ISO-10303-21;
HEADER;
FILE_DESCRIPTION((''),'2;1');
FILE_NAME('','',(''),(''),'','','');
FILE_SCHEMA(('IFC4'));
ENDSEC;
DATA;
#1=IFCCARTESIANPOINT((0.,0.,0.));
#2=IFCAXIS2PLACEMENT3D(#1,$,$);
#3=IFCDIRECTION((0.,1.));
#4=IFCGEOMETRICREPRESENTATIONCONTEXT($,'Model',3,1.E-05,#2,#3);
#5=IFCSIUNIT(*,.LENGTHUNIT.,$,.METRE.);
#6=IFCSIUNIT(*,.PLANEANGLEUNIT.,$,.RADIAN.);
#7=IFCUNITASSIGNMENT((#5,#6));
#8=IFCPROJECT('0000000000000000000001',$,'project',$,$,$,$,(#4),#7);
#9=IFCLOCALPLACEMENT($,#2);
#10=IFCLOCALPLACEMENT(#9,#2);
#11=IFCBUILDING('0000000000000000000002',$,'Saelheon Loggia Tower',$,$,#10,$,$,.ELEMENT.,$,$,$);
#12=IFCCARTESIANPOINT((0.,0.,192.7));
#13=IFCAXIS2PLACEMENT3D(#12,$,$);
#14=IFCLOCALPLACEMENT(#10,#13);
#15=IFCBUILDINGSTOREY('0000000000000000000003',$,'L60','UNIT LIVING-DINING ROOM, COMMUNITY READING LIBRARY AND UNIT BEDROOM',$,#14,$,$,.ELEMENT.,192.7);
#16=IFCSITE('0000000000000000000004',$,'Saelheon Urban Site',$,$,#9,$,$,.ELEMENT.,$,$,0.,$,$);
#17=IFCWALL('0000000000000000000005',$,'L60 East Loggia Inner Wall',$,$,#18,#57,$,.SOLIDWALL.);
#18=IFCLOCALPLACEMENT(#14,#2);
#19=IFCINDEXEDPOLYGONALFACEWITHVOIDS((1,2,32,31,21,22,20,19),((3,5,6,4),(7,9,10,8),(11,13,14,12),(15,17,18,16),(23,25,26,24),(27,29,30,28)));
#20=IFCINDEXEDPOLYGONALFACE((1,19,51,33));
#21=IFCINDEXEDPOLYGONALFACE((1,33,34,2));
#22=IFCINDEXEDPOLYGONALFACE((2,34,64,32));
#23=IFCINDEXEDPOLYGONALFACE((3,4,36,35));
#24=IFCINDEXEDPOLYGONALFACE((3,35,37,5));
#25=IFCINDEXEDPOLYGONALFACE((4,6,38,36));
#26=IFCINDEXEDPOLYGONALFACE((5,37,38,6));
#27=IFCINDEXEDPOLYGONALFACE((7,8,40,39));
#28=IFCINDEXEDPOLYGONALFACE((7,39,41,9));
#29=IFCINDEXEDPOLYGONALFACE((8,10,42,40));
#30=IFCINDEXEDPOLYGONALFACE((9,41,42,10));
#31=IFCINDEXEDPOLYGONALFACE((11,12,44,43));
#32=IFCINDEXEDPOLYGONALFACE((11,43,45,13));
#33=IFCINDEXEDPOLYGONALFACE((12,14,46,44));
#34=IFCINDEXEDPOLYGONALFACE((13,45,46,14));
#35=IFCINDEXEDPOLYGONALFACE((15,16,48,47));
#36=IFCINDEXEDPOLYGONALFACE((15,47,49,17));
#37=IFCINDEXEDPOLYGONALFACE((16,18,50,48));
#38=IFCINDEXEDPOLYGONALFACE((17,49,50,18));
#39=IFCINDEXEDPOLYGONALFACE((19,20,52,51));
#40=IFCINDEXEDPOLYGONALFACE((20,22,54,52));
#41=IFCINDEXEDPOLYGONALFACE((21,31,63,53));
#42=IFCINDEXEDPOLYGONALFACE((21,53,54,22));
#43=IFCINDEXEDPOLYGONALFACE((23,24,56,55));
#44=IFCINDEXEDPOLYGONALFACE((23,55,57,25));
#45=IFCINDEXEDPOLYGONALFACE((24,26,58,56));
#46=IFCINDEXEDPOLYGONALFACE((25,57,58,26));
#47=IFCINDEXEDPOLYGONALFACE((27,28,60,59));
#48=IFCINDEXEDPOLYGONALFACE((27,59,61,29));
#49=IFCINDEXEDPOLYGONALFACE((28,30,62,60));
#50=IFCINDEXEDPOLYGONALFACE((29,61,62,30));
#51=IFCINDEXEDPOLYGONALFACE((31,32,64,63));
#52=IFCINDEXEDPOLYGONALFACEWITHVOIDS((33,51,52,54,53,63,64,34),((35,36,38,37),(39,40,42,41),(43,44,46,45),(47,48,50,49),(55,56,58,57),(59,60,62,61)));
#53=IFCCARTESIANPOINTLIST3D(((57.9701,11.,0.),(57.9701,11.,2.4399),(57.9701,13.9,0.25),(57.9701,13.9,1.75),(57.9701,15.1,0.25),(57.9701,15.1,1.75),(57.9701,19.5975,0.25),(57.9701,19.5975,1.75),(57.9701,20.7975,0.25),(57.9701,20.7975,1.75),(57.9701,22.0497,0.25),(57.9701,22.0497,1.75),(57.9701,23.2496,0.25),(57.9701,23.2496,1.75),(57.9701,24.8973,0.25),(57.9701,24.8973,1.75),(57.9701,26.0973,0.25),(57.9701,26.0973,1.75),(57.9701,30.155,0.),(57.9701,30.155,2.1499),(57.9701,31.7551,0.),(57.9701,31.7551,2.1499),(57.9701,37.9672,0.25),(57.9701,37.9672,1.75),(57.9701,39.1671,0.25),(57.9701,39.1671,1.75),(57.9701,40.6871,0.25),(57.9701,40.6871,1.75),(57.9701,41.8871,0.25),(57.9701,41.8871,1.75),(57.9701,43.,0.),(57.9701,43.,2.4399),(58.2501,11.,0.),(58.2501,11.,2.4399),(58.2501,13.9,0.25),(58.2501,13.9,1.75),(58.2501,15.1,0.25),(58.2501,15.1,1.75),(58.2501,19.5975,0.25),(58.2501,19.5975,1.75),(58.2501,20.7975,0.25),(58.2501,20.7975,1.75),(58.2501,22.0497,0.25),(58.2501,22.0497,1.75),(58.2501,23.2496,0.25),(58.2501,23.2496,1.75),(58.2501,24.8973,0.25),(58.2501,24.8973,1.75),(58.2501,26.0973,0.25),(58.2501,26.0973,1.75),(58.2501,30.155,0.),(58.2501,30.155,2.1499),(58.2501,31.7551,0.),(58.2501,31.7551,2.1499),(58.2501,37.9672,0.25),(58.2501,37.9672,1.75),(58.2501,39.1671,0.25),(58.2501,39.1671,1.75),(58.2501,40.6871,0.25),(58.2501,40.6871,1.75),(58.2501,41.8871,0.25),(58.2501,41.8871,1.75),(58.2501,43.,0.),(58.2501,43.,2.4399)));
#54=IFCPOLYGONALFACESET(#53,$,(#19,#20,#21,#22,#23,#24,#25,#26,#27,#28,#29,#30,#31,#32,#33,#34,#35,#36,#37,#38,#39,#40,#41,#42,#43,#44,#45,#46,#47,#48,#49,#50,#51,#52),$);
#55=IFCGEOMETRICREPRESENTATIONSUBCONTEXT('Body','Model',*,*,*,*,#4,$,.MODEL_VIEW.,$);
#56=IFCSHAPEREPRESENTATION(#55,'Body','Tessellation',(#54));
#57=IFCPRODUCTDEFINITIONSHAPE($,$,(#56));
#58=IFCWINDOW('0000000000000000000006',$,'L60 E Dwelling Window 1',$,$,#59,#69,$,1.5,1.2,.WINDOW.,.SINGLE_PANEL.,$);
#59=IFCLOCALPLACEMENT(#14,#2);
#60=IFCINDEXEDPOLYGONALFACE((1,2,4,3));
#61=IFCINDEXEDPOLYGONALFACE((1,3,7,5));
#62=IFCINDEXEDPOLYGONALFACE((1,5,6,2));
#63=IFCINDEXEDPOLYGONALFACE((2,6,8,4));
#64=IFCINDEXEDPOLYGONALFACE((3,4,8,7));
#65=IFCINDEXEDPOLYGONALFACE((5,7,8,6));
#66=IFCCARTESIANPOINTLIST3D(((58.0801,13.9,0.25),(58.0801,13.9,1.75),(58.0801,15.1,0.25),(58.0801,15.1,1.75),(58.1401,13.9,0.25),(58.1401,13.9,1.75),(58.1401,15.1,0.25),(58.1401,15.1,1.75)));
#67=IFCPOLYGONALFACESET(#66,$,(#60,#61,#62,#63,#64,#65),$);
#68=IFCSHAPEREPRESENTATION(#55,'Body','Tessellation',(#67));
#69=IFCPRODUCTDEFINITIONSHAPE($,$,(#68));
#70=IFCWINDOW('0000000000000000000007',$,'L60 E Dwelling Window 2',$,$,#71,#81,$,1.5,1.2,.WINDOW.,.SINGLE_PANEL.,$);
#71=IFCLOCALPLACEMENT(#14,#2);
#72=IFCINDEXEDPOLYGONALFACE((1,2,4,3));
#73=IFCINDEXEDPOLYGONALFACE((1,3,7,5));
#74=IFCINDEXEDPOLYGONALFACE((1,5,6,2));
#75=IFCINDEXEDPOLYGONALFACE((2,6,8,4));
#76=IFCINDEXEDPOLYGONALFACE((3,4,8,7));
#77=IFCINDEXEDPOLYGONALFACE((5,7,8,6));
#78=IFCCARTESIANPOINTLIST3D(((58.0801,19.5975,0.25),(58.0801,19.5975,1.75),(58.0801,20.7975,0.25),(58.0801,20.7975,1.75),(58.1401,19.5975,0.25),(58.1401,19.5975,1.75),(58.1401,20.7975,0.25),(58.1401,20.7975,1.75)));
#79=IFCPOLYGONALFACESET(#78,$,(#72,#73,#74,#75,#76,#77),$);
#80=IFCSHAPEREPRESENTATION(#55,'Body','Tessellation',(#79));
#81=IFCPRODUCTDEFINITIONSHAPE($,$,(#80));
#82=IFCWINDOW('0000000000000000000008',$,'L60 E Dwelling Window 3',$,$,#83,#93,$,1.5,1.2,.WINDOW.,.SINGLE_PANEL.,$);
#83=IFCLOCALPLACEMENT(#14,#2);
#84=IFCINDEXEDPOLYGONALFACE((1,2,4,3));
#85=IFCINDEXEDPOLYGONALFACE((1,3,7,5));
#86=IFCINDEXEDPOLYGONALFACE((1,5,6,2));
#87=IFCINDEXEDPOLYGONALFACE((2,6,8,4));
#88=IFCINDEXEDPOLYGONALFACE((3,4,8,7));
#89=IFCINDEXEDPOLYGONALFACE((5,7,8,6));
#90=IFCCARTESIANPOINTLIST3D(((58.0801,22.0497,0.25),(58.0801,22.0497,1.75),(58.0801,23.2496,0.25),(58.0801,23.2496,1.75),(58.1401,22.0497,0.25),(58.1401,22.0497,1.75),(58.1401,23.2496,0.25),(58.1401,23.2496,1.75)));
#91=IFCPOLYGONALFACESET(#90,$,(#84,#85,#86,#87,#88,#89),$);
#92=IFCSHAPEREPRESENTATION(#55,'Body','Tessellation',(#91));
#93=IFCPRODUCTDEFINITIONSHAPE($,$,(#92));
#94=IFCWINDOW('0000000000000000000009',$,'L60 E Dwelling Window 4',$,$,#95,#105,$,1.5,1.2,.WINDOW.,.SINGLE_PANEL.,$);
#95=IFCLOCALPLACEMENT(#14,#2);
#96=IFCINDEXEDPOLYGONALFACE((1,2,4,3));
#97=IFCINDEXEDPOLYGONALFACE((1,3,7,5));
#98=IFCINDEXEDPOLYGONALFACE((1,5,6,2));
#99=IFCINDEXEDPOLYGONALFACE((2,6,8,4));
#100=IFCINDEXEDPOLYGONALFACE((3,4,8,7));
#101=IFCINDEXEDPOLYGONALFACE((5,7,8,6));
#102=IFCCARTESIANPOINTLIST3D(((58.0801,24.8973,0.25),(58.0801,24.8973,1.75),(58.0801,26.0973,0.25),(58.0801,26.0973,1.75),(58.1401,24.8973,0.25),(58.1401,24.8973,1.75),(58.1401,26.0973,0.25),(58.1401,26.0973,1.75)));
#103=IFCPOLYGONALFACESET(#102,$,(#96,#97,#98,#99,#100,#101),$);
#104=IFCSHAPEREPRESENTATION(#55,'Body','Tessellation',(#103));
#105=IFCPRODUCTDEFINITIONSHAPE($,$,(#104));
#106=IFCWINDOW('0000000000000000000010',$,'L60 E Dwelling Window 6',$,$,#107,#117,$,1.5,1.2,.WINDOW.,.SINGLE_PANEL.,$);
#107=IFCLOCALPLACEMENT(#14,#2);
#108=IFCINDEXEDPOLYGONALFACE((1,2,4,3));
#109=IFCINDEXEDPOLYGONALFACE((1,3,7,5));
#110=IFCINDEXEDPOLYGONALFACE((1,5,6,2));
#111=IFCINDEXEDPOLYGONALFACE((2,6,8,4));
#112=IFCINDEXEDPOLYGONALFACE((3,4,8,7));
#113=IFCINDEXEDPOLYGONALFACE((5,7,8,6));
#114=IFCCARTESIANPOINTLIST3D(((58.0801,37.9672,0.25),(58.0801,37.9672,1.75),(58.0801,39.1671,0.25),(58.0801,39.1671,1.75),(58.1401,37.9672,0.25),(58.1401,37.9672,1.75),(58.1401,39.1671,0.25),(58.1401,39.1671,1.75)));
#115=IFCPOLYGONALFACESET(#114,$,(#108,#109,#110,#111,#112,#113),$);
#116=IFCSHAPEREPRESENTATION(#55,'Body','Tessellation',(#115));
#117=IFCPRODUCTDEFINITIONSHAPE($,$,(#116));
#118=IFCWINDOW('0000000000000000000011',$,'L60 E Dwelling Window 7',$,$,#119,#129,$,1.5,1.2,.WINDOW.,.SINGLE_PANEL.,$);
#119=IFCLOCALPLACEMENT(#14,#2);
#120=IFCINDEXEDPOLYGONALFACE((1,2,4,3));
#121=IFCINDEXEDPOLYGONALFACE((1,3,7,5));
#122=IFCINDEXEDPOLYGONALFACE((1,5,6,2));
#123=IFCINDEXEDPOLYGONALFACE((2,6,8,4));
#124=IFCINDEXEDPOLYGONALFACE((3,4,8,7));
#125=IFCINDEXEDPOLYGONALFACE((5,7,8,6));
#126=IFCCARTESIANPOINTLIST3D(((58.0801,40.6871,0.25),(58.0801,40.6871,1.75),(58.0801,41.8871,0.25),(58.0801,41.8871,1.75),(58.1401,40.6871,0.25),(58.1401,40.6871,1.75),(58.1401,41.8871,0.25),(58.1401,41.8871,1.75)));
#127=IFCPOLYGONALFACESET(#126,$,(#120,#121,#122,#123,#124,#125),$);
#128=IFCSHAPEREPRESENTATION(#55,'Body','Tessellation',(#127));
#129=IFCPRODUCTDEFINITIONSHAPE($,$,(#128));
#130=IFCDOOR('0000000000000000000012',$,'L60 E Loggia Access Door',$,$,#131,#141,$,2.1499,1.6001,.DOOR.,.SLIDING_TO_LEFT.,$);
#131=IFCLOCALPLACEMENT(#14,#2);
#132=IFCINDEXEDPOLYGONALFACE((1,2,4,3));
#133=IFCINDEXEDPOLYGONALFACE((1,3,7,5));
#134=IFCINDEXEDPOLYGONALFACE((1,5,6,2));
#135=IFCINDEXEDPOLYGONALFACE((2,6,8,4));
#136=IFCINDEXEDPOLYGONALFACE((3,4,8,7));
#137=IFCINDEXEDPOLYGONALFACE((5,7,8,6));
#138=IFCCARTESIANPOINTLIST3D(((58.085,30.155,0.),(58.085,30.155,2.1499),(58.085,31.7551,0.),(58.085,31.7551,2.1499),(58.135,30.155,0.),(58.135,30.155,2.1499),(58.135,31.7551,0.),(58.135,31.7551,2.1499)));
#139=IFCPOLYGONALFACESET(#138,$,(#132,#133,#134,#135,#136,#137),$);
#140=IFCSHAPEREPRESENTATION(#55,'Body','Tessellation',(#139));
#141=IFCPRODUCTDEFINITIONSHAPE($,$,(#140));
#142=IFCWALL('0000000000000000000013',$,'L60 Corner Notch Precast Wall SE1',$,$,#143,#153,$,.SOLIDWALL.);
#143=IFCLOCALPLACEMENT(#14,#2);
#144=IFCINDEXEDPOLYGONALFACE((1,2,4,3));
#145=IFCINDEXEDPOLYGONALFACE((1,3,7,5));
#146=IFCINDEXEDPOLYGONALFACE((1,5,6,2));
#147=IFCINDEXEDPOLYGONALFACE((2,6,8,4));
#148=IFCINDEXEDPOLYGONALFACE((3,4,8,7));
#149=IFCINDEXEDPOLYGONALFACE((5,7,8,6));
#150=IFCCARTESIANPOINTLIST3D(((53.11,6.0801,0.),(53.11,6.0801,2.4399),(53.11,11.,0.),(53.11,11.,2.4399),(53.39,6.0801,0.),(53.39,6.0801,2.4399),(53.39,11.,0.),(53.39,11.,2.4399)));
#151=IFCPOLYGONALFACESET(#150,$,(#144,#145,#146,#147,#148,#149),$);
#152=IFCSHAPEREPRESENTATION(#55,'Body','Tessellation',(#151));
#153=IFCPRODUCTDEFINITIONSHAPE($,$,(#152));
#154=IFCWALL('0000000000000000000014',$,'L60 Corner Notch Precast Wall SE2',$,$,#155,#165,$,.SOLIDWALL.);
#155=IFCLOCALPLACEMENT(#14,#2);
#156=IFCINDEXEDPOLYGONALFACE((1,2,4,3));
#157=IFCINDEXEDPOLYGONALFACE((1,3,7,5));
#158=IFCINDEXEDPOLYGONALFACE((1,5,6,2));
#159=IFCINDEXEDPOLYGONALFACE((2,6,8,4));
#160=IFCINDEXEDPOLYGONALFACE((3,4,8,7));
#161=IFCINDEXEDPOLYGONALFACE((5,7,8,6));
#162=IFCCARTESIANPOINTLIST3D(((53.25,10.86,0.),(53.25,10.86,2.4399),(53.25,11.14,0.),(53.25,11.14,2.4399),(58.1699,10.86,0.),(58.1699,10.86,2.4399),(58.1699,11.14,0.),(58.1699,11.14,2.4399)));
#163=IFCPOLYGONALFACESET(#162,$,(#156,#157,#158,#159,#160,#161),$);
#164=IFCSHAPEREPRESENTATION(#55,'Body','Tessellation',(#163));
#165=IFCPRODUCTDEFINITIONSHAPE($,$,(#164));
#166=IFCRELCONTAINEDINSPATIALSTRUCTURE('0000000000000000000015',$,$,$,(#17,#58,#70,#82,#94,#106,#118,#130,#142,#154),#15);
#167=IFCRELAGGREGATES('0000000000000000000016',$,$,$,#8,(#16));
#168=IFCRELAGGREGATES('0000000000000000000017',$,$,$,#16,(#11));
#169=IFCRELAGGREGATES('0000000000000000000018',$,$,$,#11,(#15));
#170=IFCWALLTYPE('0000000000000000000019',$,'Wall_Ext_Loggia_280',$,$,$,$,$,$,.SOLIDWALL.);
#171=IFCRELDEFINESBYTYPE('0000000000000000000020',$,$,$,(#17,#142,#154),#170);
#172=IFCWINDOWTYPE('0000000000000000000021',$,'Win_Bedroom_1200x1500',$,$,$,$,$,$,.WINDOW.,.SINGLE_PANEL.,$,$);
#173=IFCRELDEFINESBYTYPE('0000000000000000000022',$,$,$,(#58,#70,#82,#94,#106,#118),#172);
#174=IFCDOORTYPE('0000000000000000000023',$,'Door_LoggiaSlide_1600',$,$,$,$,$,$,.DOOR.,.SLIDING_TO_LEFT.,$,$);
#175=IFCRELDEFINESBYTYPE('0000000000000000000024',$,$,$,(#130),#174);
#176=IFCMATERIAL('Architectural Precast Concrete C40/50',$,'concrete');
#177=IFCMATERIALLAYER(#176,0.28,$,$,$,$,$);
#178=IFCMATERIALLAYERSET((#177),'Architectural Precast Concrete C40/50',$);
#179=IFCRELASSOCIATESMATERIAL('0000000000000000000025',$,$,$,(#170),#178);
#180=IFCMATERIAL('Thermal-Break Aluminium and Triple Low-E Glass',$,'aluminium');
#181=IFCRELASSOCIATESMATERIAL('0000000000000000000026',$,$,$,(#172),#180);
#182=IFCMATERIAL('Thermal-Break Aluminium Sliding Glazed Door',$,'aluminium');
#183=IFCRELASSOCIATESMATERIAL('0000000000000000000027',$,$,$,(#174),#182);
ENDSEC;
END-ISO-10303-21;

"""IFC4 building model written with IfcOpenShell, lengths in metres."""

from ifc_helpers import new_model, si_unit, direction, frame, frame_2d, origin, place, context, subcontext, project, spatial, rectangle, extrude, source, transform, mapped, material, layer, layer_set, type_object, element, fill, save


model = new_model("IFC4")

# Units and contexts
model_context = context("Model", 3, precision=1e-05, world=origin(), true_north=direction((0.0, 1.0)))
body_context = subcontext(model_context, "Body", "Model", "MODEL_VIEW")
ifc_project = project(units=[si_unit("LENGTHUNIT", "METRE"), si_unit("PLANEANGLEUNIT", "RADIAN")], contexts=[model_context])

# Site, building, storey
site_placement = place(None, origin())
site = spatial("IfcSite", under=ifc_project, at=site_placement, Name="Saelheon Urban Site", CompositionType="ELEMENT", RefElevation=0.0)
building_placement = place(site_placement, origin())
building = spatial("IfcBuilding", under=site, at=building_placement, Name="Saelheon Loggia Tower", CompositionType="ELEMENT")
storey_placement = place(building_placement, frame((0.0, 0.0, 192.7)))
storey = spatial("IfcBuildingStorey", under=building, at=storey_placement, Name="L60", Description="UNIT LIVING-DINING ROOM, COMMUNITY READING LIBRARY AND UNIT BEDROOM", CompositionType="ELEMENT", Elevation=192.7)

# Wall, openings, windows, door
ifc_material_1 = material(Name="Architectural Precast Concrete C40/50", Category="concrete")
ifc_layer_1 = layer(ifc_material_1, 0.28)
ifc_layer_set_1 = layer_set([ifc_layer_1], Name="Architectural Precast Concrete C40/50")
wall_type_1 = type_object("IfcWallType", Name="Wall_Ext_Loggia_280", PredefinedType="SOLIDWALL", material=ifc_layer_set_1)
wall_1_placement = place(storey_placement, frame((58.1101, 11.0, 0.0), z_axis=(0.0, 0.0, 1.0), x_axis=(0.0, 1.0, 0.0)))
wall_1 = element("IfcWall", 1, at=wall_1_placement, inside=storey, type_object=wall_type_1, Name="L60 East Loggia Inner Wall", PredefinedType="SOLIDWALL", context=body_context, shape_type="SweptSolid", body=[
    extrude(rectangle(XDim=32.0, YDim=0.28, at=frame_2d((16.0, 0.0))), origin(), (0.0, 0.0, 1.0), 2.4399),
])
opening_1_placement = place(wall_1_placement, frame((2.8999, 0.0, 0.25)))
opening_1 = element("IfcOpeningElement", 2, at=opening_1_placement, cuts=wall_1, PredefinedType="OPENING", context=body_context, shape_type="SweptSolid", body=[
    extrude(rectangle(XDim=1.2, YDim=1.5, at=frame_2d((0.6001, 0.75))), frame((0.0, 0.1521, 0.0), z_axis=(0.0, -1.0, 0.0), x_axis=(1.0, 0.0, 0.0)), (0.0, 0.0, 1.0), 0.304),
])
opening_2_placement = place(wall_1_placement, frame((8.5974, 0.0, 0.25)))
opening_2 = element("IfcOpeningElement", 3, at=opening_2_placement, cuts=wall_1, PredefinedType="OPENING", context=body_context, shape_type="SweptSolid", body=[
    extrude(rectangle(XDim=1.2, YDim=1.5, at=frame_2d((0.6001, 0.75))), frame((0.0, 0.1521, 0.0), z_axis=(0.0, -1.0, 0.0), x_axis=(1.0, 0.0, 0.0)), (0.0, 0.0, 1.0), 0.304),
])
opening_3_placement = place(wall_1_placement, frame((11.0496, 0.0, 0.25)))
opening_3 = element("IfcOpeningElement", 4, at=opening_3_placement, cuts=wall_1, PredefinedType="OPENING", context=body_context, shape_type="SweptSolid", body=[
    extrude(rectangle(XDim=1.2, YDim=1.5, at=frame_2d((0.6001, 0.75))), frame((0.0, 0.1521, 0.0), z_axis=(0.0, -1.0, 0.0), x_axis=(1.0, 0.0, 0.0)), (0.0, 0.0, 1.0), 0.304),
])
opening_4_placement = place(wall_1_placement, frame((13.8972, 0.0, 0.25)))
opening_4 = element("IfcOpeningElement", 5, at=opening_4_placement, cuts=wall_1, PredefinedType="OPENING", context=body_context, shape_type="SweptSolid", body=[
    extrude(rectangle(XDim=1.2, YDim=1.5, at=frame_2d((0.6001, 0.75))), frame((0.0, 0.1521, 0.0), z_axis=(0.0, -1.0, 0.0), x_axis=(1.0, 0.0, 0.0)), (0.0, 0.0, 1.0), 0.304),
])
opening_5_placement = place(wall_1_placement, frame((20.7551, 0.0, 0.0), z_axis=(0.0, 0.0, 1.0), x_axis=(-1.0, 0.0, 0.0)))
opening_5 = element("IfcOpeningElement", 6, at=opening_5_placement, cuts=wall_1, PredefinedType="OPENING", context=body_context, shape_type="SweptSolid", body=[
    extrude(rectangle(XDim=1.6001, YDim=2.1499, at=frame_2d((0.8, 1.075))), frame((0.0, 0.1521, 0.0), z_axis=(0.0, -1.0, 0.0), x_axis=(1.0, 0.0, 0.0)), (0.0, 0.0, 1.0), 0.304),
])
opening_6_placement = place(wall_1_placement, frame((26.967, 0.0, 0.25)))
opening_6 = element("IfcOpeningElement", 7, at=opening_6_placement, cuts=wall_1, PredefinedType="OPENING", context=body_context, shape_type="SweptSolid", body=[
    extrude(rectangle(XDim=1.2, YDim=1.5, at=frame_2d((0.6001, 0.75))), frame((0.0, 0.1521, 0.0), z_axis=(0.0, -1.0, 0.0), x_axis=(1.0, 0.0, 0.0)), (0.0, 0.0, 1.0), 0.304),
])
opening_7_placement = place(wall_1_placement, frame((29.687, 0.0, 0.25)))
opening_7 = element("IfcOpeningElement", 8, at=opening_7_placement, cuts=wall_1, PredefinedType="OPENING", context=body_context, shape_type="SweptSolid", body=[
    extrude(rectangle(XDim=1.2, YDim=1.5, at=frame_2d((0.6001, 0.75))), frame((0.0, 0.1521, 0.0), z_axis=(0.0, -1.0, 0.0), x_axis=(1.0, 0.0, 0.0)), (0.0, 0.0, 1.0), 0.304),
])
ifc_material_2 = material(Name="Thermal-Break Aluminium and Triple Low-E Glass", Category="aluminium")
window_type = type_object("IfcWindowType", Name="Win_Bedroom_1200x1500", PartitioningType="SINGLE_PANEL", PredefinedType="WINDOW", material=ifc_material_2)
shared_shape_1 = source(origin(), body_context, "Body", "SweptSolid", [
    extrude(rectangle(XDim=1.2, YDim=1.5, at=frame_2d((0.6001, 0.75))), frame((0.0, 0.03, 0.0), z_axis=(0.0, -1.0, 0.0), x_axis=(1.0, 0.0, 0.0)), (0.0, 0.0, 1.0), 0.0601),
])
window_1_placement = place(opening_1_placement, origin())
window_1 = element("IfcWindow", 9, at=window_1_placement, inside=storey, type_object=window_type, Name="L60 E Dwelling Window 1", OverallHeight=1.5, OverallWidth=1.2, PartitioningType="SINGLE_PANEL", PredefinedType="WINDOW", context=body_context, shape_type="MappedRepresentation", body=[
    mapped(shared_shape_1, transform((0.0, 0.0, 0.0), scale=1.0)),
])
fill(opening_1, window_1)
window_2_placement = place(opening_2_placement, origin())
window_2 = element("IfcWindow", 10, at=window_2_placement, inside=storey, type_object=window_type, Name="L60 E Dwelling Window 2", OverallHeight=1.5, OverallWidth=1.2, PartitioningType="SINGLE_PANEL", PredefinedType="WINDOW", context=body_context, shape_type="MappedRepresentation", body=[
    mapped(shared_shape_1, transform((0.0, 0.0, 0.0), scale=1.0)),
])
fill(opening_2, window_2)
window_3_placement = place(opening_3_placement, origin())
window_3 = element("IfcWindow", 11, at=window_3_placement, inside=storey, type_object=window_type, Name="L60 E Dwelling Window 3", OverallHeight=1.5, OverallWidth=1.2, PartitioningType="SINGLE_PANEL", PredefinedType="WINDOW", context=body_context, shape_type="MappedRepresentation", body=[
    mapped(shared_shape_1, transform((0.0, 0.0, 0.0), scale=1.0)),
])
fill(opening_3, window_3)
window_4_placement = place(opening_4_placement, origin())
window_4 = element("IfcWindow", 12, at=window_4_placement, inside=storey, type_object=window_type, Name="L60 E Dwelling Window 4", OverallHeight=1.5, OverallWidth=1.2, PartitioningType="SINGLE_PANEL", PredefinedType="WINDOW", context=body_context, shape_type="MappedRepresentation", body=[
    mapped(shared_shape_1, transform((0.0, 0.0, 0.0), scale=1.0)),
])
fill(opening_4, window_4)
window_5_placement = place(opening_6_placement, origin())
window_5 = element("IfcWindow", 13, at=window_5_placement, inside=storey, type_object=window_type, Name="L60 E Dwelling Window 6", OverallHeight=1.5, OverallWidth=1.2, PartitioningType="SINGLE_PANEL", PredefinedType="WINDOW", context=body_context, shape_type="MappedRepresentation", body=[
    mapped(shared_shape_1, transform((0.0, 0.0, 0.0), scale=1.0)),
])
fill(opening_6, window_5)
window_6_placement = place(opening_7_placement, origin())
window_6 = element("IfcWindow", 14, at=window_6_placement, inside=storey, type_object=window_type, Name="L60 E Dwelling Window 7", OverallHeight=1.5, OverallWidth=1.2, PartitioningType="SINGLE_PANEL", PredefinedType="WINDOW", context=body_context, shape_type="MappedRepresentation", body=[
    mapped(shared_shape_1, transform((0.0, 0.0, 0.0), scale=1.0)),
])
fill(opening_7, window_6)
ifc_material_3 = material(Name="Thermal-Break Aluminium Sliding Glazed Door", Category="aluminium")
door_type_1 = type_object("IfcDoorType", Name="Door_LoggiaSlide_1600", OperationType="SLIDING_TO_LEFT", PredefinedType="DOOR", material=ifc_material_3)
shared_shape_2 = source(origin(), body_context, "Body", "SweptSolid", [
    extrude(rectangle(XDim=1.6001, YDim=2.1499, at=frame_2d((0.8, 1.075))), frame((0.0, 0.0249, 0.0), z_axis=(0.0, -1.0, 0.0), x_axis=(1.0, 0.0, 0.0)), (0.0, 0.0, 1.0), 0.05),
])
door_1_placement = place(opening_5_placement, origin())
door_1 = element("IfcDoor", 15, at=door_1_placement, inside=storey, type_object=door_type_1, Name="L60 E Loggia Access Door", OperationType="SLIDING_TO_LEFT", OverallHeight=2.1499, OverallWidth=1.6001, PredefinedType="DOOR", context=body_context, shape_type="MappedRepresentation", body=[
    mapped(shared_shape_2, transform((0.0, 0.0, 0.0), scale=1.0)),
])
fill(opening_5, door_1)

# Walls
for number, where, z_axis, x_axis, name in (
    (16, (53.25, 6.0801, 0.0), (0.0, 0.0, 1.0), (0.0, 1.0, 0.0), "L60 Corner Notch Precast Wall SE1"),
    (17, (53.25, 11.0, 0.0), (0.0, 0.0, 1.0), (1.0, 0.0, 0.0), "L60 Corner Notch Precast Wall SE2"),
):
    element("IfcWall", number, at=place(storey_placement, frame(where, z_axis=z_axis, x_axis=x_axis)), inside=storey, type_object=wall_type_1, Name=name, PredefinedType="SOLIDWALL", context=body_context, shape_type="SweptSolid", body=[
        extrude(rectangle(XDim=4.9199, YDim=0.28, at=frame_2d((2.46, 0.0))), origin(), (0.0, 0.0, 1.0), 2.4399),
    ])

save(model, "model.ifc")
